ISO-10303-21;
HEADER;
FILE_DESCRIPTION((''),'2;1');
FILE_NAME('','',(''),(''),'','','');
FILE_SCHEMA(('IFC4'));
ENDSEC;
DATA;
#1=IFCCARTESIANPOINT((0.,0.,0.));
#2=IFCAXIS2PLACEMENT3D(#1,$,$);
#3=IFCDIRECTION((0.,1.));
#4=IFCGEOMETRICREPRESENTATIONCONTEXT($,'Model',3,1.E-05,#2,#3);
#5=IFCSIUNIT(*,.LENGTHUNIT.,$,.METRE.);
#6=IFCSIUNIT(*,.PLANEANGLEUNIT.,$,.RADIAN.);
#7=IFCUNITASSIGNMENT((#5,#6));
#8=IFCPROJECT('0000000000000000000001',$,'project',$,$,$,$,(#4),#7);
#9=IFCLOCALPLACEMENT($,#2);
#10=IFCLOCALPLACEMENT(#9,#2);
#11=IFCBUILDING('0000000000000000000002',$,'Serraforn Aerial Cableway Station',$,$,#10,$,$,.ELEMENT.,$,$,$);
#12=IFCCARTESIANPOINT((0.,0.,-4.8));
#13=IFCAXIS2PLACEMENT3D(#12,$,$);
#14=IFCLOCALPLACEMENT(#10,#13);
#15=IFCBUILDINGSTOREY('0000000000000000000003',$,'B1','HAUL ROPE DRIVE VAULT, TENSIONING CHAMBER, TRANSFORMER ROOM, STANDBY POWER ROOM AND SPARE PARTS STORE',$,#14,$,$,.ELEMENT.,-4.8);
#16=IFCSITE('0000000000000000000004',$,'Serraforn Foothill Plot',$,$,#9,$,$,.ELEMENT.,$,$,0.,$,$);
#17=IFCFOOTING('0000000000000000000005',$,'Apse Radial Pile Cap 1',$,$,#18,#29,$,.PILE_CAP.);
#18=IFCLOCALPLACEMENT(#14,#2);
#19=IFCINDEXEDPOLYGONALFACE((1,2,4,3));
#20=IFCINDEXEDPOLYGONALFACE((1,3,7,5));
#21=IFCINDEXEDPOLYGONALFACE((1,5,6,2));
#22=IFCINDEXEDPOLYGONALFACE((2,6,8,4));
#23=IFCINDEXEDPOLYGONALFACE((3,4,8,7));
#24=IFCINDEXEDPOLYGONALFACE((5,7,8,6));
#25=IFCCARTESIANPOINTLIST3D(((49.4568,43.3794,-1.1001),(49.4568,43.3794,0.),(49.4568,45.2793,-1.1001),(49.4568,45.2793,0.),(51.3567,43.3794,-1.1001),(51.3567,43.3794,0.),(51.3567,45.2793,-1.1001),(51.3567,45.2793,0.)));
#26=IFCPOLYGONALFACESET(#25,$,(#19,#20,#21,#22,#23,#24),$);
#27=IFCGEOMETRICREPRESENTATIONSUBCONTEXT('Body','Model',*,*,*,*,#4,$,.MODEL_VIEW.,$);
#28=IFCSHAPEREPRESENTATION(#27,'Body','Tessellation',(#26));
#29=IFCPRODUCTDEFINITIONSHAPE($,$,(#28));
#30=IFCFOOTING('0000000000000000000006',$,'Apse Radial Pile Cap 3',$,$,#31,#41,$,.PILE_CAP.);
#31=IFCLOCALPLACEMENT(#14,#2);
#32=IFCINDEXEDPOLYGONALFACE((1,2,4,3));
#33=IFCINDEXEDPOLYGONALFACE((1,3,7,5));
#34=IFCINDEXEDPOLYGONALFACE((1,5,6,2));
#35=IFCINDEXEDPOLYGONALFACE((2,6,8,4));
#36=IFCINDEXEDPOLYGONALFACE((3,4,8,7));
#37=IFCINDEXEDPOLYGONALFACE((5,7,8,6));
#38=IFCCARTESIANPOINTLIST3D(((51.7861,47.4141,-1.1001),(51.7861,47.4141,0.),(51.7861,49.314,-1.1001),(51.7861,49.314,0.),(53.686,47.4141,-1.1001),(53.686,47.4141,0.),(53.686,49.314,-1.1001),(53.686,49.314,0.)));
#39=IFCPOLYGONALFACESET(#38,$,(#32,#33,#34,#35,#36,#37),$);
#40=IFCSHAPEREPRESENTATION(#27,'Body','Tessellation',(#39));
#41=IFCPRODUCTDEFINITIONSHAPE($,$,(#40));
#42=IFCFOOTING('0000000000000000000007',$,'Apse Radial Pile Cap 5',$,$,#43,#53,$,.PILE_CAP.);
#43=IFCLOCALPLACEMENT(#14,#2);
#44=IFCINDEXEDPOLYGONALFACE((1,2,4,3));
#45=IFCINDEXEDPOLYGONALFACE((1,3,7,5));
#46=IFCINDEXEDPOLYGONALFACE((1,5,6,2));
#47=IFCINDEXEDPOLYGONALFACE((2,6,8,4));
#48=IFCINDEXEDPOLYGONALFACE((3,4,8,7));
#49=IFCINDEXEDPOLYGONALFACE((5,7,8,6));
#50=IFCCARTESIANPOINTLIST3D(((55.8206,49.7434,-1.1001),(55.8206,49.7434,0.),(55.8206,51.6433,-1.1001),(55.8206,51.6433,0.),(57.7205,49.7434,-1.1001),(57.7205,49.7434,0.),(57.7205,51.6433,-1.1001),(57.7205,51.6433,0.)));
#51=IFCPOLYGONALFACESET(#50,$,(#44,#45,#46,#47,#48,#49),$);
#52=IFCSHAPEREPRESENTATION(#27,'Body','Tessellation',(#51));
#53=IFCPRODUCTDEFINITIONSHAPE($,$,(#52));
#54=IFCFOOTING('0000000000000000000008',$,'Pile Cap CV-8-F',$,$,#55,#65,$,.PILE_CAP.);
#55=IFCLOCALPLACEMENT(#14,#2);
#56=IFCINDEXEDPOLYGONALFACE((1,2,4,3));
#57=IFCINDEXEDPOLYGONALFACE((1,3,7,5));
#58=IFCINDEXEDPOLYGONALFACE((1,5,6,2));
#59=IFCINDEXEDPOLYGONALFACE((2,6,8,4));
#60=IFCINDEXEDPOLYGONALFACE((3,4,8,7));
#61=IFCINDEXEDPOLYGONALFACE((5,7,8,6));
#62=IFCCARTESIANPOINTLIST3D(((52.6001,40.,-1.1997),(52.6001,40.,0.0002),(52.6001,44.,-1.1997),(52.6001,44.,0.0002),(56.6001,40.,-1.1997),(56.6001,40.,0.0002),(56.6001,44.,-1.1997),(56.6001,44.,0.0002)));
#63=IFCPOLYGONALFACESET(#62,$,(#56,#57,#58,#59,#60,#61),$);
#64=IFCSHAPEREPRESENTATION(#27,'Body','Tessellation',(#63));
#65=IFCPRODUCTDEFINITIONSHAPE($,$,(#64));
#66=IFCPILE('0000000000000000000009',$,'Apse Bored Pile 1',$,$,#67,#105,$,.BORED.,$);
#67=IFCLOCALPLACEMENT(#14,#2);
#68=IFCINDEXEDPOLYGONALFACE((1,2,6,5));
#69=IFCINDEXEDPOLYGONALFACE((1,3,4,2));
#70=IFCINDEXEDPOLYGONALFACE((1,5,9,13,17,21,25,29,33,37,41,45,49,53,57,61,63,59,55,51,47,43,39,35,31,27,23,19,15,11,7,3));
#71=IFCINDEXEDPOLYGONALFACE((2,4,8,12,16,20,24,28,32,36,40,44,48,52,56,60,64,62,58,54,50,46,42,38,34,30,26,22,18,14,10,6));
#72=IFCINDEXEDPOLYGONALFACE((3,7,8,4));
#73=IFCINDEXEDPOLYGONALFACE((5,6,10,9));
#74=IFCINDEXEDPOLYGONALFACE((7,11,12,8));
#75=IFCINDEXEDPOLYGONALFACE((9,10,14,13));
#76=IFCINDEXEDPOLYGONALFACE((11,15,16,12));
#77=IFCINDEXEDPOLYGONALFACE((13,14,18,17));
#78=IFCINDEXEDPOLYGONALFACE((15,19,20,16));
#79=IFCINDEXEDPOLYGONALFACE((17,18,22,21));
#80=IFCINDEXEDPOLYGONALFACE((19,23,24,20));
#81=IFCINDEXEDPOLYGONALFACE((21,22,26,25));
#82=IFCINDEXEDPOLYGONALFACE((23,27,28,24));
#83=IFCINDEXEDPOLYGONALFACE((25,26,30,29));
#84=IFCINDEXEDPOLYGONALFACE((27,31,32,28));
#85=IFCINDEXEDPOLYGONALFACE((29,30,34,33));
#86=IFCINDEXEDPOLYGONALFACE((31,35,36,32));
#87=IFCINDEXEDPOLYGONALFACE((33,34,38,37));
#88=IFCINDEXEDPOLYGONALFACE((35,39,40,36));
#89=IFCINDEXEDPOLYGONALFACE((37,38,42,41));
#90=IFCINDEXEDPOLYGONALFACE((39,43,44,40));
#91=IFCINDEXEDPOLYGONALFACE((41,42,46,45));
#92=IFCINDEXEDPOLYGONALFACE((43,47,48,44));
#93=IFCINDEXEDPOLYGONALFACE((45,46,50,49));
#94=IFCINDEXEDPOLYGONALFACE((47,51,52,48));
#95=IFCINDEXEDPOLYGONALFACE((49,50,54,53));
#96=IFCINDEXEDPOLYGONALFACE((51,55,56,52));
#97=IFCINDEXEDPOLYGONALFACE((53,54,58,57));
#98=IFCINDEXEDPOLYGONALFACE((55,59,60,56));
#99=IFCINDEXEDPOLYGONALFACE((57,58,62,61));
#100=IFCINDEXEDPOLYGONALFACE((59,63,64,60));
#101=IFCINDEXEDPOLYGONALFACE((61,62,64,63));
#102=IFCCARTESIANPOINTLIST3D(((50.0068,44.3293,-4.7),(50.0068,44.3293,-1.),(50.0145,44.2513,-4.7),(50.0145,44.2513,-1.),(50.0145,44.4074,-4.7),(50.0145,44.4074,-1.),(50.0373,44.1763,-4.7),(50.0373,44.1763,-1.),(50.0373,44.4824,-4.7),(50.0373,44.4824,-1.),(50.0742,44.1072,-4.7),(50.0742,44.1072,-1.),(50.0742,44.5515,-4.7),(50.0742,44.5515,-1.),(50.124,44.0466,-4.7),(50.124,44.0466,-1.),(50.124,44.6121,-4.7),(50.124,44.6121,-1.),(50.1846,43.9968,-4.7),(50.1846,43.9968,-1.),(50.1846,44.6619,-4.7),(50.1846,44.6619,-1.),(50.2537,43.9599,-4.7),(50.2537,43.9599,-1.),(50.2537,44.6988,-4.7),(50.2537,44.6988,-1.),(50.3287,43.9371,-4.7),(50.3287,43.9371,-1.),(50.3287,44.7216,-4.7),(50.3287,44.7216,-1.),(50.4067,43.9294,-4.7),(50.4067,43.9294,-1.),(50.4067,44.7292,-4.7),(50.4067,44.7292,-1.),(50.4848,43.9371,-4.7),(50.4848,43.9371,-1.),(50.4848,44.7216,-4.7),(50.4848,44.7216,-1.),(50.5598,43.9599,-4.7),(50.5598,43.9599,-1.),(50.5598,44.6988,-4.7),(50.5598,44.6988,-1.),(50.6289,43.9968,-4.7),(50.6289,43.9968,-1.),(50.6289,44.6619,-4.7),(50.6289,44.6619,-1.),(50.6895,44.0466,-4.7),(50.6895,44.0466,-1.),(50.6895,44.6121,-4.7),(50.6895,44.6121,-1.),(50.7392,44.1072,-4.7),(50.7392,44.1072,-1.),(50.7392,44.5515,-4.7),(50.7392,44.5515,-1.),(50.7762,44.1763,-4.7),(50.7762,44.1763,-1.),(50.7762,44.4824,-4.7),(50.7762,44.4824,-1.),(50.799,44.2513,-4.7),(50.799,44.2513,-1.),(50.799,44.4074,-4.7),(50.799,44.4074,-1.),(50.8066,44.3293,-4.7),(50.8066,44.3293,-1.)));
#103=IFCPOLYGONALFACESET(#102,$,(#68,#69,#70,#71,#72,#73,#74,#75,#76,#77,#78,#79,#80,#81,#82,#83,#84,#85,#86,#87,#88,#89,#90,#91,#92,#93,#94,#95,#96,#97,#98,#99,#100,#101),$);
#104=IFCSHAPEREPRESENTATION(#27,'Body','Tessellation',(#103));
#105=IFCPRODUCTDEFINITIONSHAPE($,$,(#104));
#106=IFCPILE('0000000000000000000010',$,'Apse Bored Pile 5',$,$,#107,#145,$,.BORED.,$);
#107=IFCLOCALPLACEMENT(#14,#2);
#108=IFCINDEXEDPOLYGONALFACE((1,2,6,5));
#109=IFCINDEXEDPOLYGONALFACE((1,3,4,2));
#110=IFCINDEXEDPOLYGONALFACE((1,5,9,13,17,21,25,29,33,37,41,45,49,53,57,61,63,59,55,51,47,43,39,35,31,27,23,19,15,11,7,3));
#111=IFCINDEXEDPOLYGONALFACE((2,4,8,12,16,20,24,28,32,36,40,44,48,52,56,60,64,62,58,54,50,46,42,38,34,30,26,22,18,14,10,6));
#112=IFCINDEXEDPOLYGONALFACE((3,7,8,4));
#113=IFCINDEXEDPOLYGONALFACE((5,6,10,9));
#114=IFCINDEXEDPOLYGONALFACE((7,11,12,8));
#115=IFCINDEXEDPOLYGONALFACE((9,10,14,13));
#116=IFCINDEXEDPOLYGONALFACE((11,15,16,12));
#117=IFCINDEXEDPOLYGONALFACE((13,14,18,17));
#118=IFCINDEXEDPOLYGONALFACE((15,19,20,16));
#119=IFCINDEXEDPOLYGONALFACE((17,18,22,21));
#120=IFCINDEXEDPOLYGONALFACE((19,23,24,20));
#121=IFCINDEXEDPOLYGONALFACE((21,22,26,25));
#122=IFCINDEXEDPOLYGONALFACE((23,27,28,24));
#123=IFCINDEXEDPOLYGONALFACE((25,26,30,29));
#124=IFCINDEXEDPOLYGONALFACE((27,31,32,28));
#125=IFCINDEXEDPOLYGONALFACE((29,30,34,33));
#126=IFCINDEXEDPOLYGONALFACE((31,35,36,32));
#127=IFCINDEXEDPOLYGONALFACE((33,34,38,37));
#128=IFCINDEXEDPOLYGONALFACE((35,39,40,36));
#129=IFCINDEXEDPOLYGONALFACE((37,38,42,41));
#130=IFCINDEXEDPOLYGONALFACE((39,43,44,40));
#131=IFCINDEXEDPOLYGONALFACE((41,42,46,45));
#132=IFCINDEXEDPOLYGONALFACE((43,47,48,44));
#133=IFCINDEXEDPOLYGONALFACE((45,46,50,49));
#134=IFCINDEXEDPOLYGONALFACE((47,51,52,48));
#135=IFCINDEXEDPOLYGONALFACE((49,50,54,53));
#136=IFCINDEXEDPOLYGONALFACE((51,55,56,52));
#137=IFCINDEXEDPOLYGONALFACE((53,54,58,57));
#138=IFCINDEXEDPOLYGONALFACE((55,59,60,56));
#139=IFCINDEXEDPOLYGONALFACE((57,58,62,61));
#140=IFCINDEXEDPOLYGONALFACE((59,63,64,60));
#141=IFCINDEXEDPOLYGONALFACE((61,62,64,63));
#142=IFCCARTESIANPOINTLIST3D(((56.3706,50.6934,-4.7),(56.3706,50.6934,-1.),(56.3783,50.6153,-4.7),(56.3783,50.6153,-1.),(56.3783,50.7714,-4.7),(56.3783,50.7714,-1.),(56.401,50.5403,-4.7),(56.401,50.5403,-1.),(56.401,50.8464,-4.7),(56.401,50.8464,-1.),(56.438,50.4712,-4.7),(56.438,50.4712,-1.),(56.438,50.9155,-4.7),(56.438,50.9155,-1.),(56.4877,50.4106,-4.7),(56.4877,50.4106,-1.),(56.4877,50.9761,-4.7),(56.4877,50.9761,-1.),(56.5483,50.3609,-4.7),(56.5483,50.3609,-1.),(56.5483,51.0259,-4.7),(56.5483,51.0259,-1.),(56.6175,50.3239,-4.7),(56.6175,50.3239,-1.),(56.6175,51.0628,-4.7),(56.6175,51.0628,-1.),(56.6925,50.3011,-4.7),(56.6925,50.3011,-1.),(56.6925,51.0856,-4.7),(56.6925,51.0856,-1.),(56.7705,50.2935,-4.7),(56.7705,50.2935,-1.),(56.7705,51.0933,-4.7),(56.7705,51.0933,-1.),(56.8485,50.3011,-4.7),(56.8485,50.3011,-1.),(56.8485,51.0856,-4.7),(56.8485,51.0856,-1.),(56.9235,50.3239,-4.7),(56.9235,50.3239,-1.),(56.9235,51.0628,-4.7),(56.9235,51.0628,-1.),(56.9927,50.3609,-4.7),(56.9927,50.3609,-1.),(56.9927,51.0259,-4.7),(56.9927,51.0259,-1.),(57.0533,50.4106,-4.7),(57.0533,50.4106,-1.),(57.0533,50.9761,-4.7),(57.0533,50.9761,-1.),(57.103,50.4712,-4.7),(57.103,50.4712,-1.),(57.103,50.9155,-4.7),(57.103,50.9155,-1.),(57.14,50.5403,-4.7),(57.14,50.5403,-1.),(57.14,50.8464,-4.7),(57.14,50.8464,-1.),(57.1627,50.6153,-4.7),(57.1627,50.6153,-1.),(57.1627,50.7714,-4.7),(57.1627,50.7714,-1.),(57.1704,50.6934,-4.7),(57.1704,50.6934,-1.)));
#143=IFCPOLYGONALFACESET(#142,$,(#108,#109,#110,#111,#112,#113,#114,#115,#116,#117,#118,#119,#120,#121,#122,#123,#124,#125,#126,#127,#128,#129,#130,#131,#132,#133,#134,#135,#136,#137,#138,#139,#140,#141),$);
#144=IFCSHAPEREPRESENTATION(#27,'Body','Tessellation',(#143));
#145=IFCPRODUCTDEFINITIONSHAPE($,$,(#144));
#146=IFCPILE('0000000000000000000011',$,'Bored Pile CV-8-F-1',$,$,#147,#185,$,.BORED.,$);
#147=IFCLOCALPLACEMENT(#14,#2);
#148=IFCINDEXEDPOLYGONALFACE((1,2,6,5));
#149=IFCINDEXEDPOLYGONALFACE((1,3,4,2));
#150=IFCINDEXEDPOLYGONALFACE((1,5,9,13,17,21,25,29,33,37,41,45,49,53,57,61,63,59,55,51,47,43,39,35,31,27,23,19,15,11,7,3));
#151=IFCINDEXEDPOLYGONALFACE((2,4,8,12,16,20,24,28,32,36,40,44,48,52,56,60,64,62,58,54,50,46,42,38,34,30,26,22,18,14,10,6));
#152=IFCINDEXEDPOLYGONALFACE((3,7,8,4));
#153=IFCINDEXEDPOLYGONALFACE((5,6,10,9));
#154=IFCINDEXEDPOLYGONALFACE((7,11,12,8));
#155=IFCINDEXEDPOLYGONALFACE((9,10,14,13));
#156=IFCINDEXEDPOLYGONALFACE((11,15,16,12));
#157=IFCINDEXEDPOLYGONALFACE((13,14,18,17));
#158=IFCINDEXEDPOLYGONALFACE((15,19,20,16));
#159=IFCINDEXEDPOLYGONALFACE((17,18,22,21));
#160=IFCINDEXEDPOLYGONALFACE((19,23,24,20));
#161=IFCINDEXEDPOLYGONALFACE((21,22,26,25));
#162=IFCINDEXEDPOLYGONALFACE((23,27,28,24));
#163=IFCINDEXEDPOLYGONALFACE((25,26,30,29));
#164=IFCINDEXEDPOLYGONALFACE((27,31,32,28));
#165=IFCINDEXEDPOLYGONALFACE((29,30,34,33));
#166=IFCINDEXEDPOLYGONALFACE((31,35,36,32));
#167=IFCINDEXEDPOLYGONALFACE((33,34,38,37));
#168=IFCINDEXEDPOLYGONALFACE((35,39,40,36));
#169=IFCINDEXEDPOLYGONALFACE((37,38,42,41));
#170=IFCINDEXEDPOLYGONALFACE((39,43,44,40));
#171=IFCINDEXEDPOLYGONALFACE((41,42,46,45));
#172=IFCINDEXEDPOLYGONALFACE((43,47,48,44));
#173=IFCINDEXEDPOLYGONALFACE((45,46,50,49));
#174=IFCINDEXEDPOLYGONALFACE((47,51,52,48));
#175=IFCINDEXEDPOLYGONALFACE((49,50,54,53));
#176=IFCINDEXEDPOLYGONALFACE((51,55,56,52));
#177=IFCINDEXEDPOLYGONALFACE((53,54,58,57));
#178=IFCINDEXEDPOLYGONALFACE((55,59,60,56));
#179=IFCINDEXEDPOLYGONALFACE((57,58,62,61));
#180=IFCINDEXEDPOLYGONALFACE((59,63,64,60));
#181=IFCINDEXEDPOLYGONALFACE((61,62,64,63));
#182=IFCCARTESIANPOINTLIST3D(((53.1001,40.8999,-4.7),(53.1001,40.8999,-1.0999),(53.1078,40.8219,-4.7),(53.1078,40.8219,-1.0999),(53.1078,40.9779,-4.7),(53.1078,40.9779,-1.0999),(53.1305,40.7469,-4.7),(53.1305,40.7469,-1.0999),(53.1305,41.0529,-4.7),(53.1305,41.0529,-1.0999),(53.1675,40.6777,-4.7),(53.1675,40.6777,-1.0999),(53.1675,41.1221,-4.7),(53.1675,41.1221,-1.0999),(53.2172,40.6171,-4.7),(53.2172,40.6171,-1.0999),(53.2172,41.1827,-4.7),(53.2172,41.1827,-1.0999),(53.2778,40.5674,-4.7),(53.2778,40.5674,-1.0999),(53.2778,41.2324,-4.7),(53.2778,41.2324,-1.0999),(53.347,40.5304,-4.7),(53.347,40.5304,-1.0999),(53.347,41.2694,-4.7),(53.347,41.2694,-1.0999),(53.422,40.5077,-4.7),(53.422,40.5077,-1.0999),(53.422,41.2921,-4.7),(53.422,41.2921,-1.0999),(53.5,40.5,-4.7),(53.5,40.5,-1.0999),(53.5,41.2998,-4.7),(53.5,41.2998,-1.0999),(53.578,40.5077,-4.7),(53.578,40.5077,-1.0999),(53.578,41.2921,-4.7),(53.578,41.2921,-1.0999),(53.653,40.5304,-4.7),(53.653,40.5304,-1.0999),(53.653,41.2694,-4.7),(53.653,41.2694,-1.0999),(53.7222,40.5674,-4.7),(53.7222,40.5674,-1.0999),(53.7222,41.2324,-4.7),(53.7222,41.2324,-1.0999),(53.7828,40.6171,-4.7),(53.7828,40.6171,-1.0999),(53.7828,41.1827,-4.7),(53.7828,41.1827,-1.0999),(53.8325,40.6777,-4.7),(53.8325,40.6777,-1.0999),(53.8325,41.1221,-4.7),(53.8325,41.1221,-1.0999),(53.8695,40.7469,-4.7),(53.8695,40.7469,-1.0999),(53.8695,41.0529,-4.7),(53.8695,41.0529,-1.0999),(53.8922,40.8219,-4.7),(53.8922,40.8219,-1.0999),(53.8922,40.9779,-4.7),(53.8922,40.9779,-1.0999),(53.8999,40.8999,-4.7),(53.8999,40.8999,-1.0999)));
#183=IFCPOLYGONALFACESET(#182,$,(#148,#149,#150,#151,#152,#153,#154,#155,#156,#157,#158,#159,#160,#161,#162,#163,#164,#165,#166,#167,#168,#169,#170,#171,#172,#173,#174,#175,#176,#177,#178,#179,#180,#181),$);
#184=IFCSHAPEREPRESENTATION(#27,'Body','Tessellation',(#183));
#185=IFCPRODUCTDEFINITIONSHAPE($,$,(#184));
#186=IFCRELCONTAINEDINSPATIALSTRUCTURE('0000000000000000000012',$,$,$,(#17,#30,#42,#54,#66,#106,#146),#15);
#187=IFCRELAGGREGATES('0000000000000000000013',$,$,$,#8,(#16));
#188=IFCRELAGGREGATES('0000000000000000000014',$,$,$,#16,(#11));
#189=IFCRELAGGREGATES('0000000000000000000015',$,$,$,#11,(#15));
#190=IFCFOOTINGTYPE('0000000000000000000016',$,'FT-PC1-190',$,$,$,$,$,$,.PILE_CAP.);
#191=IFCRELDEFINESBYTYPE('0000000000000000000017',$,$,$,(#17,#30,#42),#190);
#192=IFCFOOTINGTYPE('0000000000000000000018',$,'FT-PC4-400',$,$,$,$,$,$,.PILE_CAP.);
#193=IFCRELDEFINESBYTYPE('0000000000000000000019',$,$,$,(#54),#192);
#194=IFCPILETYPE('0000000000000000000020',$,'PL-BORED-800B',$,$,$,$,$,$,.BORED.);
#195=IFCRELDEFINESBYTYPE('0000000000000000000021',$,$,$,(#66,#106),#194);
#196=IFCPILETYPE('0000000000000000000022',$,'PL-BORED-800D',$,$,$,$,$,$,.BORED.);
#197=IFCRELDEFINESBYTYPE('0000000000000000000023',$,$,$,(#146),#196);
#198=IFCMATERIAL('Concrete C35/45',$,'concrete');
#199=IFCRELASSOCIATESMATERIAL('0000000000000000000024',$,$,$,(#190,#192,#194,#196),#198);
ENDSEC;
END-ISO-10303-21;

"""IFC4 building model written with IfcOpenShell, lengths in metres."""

from ifc_helpers import new_model, si_unit, direction, frame, origin, origin_2d, place, context, subcontext, project, spatial, rectangle, circle, extrude, material, material_profile, profile_set, type_object, element, save


model = new_model("IFC4")

# Units and contexts
model_context = context("Model", 3, precision=1e-05, world=origin(), true_north=direction((0.0, 1.0)))
body_context = subcontext(model_context, "Body", "Model", "MODEL_VIEW")
ifc_project = project(units=[si_unit("LENGTHUNIT", "METRE"), si_unit("PLANEANGLEUNIT", "RADIAN")], contexts=[model_context])

# Site, building, storey
site_placement = place(None, origin())
site = spatial("IfcSite", under=ifc_project, at=site_placement, Name="Serraforn Foothill Plot", CompositionType="ELEMENT", RefElevation=0.0)
building_placement = place(site_placement, origin())
building = spatial("IfcBuilding", under=site, at=building_placement, Name="Serraforn Aerial Cableway Station", CompositionType="ELEMENT")
storey_placement = place(building_placement, frame((0.0, 0.0, -4.8)))
storey = spatial("IfcBuildingStorey", under=building, at=storey_placement, Name="B1", Description="HAUL ROPE DRIVE VAULT, TENSIONING CHAMBER, TRANSFORMER ROOM, STANDBY POWER ROOM AND SPARE PARTS STORE", CompositionType="ELEMENT", Elevation=-4.8)

# Footings
ifc_material_1 = material(Name="Concrete C35/45", Category="concrete")
footing_type_1 = type_object("IfcFootingType", Name="FT-PC1-190", PredefinedType="PILE_CAP", material=ifc_material_1)
for number, where, z_axis, x_axis, name in (
    (1, (50.4067, 44.3293, -1.1001), (0.0, 0.0, 1.0), (1.0, 0.0, 0.0), "Apse Radial Pile Cap 1"),
    (2, (52.7361, 48.364, -1.1001), (0.0, 0.0, 1.0), (1.0, 0.0, 0.0), "Apse Radial Pile Cap 3"),
    (3, (56.7705, 50.6934, -1.1001), (0.0, 0.0, 1.0), (1.0, 0.0, 0.0), "Apse Radial Pile Cap 5"),
):
    element("IfcFooting", number, at=place(storey_placement, frame(where, z_axis=z_axis, x_axis=x_axis)), inside=storey, type_object=footing_type_1, Name=name, PredefinedType="PILE_CAP", context=body_context, shape_type="SweptSolid", body=[
        extrude(rectangle(XDim=1.8999, YDim=1.8999, at=origin_2d()), origin(), (0.0, 0.0, 1.0), 1.1001),
    ])
footing_type_2 = type_object("IfcFootingType", Name="FT-PC4-400", PredefinedType="PILE_CAP", material=ifc_material_1)
footing_placement = place(storey_placement, frame((54.6001, 42.0, -1.1997), z_axis=(0.0, 0.0, 1.0), x_axis=(1.0, 0.0, 0.0)))
element("IfcFooting", 4, at=footing_placement, inside=storey, type_object=footing_type_2, Name="Pile Cap CV-8-F", PredefinedType="PILE_CAP", context=body_context, shape_type="SweptSolid", body=[
    extrude(rectangle(XDim=4.0, YDim=4.0, at=origin_2d()), origin(), (0.0, 0.0, 1.0), 1.2),
])

# Piles
ifc_material_profile_1 = material_profile(ifc_material_1, circle(Radius=0.3999, at=origin_2d()), Name="BORED PILE D800")
ifc_profile_set_1 = profile_set([ifc_material_profile_1], Name="Concrete C35/45")
pile_type_1 = type_object("IfcPileType", Name="PL-BORED-800B", PredefinedType="BORED", material=ifc_profile_set_1)
for number, where, z_axis, x_axis, name in (
    (5, (50.4067, 44.3293, -1.0), (0.0, 0.0, -1.0), (1.0, 0.0, 0.0), "Apse Bored Pile 1"),
    (6, (56.7705, 50.6934, -1.0), (0.0, 0.0, -1.0), (1.0, 0.0, 0.0), "Apse Bored Pile 5"),
):
    element("IfcPile", number, at=place(storey_placement, frame(where, z_axis=z_axis, x_axis=x_axis)), inside=storey, type_object=pile_type_1, Name=name, PredefinedType="BORED", context=body_context, shape_type="SweptSolid", body=[
        extrude(circle(Radius=0.3999, at=origin_2d()), origin(), (0.0, 0.0, 1.0), 3.7),
    ])
ifc_material_profile_2 = material_profile(ifc_material_1, circle(Radius=0.3999, at=origin_2d()), Name="BORED PILE D800")
ifc_profile_set_2 = profile_set([ifc_material_profile_2], Name="Concrete C35/45")
pile_type_2 = type_object("IfcPileType", Name="PL-BORED-800D", PredefinedType="BORED", material=ifc_profile_set_2)
for number, where, z_axis, x_axis, name in (
    (7, (53.5, 40.8999, -1.0999), (0.0, 0.0, -1.0), (1.0, 0.0, 0.0), "Bored Pile CV-8-F-1"),
):
    element("IfcPile", number, at=place(storey_placement, frame(where, z_axis=z_axis, x_axis=x_axis)), inside=storey, type_object=pile_type_2, Name=name, PredefinedType="BORED", context=body_context, shape_type="SweptSolid", body=[
        extrude(circle(Radius=0.3999, at=origin_2d()), origin(), (0.0, 0.0, 1.0), 3.6001),
    ])

save(model, "model.ifc")
